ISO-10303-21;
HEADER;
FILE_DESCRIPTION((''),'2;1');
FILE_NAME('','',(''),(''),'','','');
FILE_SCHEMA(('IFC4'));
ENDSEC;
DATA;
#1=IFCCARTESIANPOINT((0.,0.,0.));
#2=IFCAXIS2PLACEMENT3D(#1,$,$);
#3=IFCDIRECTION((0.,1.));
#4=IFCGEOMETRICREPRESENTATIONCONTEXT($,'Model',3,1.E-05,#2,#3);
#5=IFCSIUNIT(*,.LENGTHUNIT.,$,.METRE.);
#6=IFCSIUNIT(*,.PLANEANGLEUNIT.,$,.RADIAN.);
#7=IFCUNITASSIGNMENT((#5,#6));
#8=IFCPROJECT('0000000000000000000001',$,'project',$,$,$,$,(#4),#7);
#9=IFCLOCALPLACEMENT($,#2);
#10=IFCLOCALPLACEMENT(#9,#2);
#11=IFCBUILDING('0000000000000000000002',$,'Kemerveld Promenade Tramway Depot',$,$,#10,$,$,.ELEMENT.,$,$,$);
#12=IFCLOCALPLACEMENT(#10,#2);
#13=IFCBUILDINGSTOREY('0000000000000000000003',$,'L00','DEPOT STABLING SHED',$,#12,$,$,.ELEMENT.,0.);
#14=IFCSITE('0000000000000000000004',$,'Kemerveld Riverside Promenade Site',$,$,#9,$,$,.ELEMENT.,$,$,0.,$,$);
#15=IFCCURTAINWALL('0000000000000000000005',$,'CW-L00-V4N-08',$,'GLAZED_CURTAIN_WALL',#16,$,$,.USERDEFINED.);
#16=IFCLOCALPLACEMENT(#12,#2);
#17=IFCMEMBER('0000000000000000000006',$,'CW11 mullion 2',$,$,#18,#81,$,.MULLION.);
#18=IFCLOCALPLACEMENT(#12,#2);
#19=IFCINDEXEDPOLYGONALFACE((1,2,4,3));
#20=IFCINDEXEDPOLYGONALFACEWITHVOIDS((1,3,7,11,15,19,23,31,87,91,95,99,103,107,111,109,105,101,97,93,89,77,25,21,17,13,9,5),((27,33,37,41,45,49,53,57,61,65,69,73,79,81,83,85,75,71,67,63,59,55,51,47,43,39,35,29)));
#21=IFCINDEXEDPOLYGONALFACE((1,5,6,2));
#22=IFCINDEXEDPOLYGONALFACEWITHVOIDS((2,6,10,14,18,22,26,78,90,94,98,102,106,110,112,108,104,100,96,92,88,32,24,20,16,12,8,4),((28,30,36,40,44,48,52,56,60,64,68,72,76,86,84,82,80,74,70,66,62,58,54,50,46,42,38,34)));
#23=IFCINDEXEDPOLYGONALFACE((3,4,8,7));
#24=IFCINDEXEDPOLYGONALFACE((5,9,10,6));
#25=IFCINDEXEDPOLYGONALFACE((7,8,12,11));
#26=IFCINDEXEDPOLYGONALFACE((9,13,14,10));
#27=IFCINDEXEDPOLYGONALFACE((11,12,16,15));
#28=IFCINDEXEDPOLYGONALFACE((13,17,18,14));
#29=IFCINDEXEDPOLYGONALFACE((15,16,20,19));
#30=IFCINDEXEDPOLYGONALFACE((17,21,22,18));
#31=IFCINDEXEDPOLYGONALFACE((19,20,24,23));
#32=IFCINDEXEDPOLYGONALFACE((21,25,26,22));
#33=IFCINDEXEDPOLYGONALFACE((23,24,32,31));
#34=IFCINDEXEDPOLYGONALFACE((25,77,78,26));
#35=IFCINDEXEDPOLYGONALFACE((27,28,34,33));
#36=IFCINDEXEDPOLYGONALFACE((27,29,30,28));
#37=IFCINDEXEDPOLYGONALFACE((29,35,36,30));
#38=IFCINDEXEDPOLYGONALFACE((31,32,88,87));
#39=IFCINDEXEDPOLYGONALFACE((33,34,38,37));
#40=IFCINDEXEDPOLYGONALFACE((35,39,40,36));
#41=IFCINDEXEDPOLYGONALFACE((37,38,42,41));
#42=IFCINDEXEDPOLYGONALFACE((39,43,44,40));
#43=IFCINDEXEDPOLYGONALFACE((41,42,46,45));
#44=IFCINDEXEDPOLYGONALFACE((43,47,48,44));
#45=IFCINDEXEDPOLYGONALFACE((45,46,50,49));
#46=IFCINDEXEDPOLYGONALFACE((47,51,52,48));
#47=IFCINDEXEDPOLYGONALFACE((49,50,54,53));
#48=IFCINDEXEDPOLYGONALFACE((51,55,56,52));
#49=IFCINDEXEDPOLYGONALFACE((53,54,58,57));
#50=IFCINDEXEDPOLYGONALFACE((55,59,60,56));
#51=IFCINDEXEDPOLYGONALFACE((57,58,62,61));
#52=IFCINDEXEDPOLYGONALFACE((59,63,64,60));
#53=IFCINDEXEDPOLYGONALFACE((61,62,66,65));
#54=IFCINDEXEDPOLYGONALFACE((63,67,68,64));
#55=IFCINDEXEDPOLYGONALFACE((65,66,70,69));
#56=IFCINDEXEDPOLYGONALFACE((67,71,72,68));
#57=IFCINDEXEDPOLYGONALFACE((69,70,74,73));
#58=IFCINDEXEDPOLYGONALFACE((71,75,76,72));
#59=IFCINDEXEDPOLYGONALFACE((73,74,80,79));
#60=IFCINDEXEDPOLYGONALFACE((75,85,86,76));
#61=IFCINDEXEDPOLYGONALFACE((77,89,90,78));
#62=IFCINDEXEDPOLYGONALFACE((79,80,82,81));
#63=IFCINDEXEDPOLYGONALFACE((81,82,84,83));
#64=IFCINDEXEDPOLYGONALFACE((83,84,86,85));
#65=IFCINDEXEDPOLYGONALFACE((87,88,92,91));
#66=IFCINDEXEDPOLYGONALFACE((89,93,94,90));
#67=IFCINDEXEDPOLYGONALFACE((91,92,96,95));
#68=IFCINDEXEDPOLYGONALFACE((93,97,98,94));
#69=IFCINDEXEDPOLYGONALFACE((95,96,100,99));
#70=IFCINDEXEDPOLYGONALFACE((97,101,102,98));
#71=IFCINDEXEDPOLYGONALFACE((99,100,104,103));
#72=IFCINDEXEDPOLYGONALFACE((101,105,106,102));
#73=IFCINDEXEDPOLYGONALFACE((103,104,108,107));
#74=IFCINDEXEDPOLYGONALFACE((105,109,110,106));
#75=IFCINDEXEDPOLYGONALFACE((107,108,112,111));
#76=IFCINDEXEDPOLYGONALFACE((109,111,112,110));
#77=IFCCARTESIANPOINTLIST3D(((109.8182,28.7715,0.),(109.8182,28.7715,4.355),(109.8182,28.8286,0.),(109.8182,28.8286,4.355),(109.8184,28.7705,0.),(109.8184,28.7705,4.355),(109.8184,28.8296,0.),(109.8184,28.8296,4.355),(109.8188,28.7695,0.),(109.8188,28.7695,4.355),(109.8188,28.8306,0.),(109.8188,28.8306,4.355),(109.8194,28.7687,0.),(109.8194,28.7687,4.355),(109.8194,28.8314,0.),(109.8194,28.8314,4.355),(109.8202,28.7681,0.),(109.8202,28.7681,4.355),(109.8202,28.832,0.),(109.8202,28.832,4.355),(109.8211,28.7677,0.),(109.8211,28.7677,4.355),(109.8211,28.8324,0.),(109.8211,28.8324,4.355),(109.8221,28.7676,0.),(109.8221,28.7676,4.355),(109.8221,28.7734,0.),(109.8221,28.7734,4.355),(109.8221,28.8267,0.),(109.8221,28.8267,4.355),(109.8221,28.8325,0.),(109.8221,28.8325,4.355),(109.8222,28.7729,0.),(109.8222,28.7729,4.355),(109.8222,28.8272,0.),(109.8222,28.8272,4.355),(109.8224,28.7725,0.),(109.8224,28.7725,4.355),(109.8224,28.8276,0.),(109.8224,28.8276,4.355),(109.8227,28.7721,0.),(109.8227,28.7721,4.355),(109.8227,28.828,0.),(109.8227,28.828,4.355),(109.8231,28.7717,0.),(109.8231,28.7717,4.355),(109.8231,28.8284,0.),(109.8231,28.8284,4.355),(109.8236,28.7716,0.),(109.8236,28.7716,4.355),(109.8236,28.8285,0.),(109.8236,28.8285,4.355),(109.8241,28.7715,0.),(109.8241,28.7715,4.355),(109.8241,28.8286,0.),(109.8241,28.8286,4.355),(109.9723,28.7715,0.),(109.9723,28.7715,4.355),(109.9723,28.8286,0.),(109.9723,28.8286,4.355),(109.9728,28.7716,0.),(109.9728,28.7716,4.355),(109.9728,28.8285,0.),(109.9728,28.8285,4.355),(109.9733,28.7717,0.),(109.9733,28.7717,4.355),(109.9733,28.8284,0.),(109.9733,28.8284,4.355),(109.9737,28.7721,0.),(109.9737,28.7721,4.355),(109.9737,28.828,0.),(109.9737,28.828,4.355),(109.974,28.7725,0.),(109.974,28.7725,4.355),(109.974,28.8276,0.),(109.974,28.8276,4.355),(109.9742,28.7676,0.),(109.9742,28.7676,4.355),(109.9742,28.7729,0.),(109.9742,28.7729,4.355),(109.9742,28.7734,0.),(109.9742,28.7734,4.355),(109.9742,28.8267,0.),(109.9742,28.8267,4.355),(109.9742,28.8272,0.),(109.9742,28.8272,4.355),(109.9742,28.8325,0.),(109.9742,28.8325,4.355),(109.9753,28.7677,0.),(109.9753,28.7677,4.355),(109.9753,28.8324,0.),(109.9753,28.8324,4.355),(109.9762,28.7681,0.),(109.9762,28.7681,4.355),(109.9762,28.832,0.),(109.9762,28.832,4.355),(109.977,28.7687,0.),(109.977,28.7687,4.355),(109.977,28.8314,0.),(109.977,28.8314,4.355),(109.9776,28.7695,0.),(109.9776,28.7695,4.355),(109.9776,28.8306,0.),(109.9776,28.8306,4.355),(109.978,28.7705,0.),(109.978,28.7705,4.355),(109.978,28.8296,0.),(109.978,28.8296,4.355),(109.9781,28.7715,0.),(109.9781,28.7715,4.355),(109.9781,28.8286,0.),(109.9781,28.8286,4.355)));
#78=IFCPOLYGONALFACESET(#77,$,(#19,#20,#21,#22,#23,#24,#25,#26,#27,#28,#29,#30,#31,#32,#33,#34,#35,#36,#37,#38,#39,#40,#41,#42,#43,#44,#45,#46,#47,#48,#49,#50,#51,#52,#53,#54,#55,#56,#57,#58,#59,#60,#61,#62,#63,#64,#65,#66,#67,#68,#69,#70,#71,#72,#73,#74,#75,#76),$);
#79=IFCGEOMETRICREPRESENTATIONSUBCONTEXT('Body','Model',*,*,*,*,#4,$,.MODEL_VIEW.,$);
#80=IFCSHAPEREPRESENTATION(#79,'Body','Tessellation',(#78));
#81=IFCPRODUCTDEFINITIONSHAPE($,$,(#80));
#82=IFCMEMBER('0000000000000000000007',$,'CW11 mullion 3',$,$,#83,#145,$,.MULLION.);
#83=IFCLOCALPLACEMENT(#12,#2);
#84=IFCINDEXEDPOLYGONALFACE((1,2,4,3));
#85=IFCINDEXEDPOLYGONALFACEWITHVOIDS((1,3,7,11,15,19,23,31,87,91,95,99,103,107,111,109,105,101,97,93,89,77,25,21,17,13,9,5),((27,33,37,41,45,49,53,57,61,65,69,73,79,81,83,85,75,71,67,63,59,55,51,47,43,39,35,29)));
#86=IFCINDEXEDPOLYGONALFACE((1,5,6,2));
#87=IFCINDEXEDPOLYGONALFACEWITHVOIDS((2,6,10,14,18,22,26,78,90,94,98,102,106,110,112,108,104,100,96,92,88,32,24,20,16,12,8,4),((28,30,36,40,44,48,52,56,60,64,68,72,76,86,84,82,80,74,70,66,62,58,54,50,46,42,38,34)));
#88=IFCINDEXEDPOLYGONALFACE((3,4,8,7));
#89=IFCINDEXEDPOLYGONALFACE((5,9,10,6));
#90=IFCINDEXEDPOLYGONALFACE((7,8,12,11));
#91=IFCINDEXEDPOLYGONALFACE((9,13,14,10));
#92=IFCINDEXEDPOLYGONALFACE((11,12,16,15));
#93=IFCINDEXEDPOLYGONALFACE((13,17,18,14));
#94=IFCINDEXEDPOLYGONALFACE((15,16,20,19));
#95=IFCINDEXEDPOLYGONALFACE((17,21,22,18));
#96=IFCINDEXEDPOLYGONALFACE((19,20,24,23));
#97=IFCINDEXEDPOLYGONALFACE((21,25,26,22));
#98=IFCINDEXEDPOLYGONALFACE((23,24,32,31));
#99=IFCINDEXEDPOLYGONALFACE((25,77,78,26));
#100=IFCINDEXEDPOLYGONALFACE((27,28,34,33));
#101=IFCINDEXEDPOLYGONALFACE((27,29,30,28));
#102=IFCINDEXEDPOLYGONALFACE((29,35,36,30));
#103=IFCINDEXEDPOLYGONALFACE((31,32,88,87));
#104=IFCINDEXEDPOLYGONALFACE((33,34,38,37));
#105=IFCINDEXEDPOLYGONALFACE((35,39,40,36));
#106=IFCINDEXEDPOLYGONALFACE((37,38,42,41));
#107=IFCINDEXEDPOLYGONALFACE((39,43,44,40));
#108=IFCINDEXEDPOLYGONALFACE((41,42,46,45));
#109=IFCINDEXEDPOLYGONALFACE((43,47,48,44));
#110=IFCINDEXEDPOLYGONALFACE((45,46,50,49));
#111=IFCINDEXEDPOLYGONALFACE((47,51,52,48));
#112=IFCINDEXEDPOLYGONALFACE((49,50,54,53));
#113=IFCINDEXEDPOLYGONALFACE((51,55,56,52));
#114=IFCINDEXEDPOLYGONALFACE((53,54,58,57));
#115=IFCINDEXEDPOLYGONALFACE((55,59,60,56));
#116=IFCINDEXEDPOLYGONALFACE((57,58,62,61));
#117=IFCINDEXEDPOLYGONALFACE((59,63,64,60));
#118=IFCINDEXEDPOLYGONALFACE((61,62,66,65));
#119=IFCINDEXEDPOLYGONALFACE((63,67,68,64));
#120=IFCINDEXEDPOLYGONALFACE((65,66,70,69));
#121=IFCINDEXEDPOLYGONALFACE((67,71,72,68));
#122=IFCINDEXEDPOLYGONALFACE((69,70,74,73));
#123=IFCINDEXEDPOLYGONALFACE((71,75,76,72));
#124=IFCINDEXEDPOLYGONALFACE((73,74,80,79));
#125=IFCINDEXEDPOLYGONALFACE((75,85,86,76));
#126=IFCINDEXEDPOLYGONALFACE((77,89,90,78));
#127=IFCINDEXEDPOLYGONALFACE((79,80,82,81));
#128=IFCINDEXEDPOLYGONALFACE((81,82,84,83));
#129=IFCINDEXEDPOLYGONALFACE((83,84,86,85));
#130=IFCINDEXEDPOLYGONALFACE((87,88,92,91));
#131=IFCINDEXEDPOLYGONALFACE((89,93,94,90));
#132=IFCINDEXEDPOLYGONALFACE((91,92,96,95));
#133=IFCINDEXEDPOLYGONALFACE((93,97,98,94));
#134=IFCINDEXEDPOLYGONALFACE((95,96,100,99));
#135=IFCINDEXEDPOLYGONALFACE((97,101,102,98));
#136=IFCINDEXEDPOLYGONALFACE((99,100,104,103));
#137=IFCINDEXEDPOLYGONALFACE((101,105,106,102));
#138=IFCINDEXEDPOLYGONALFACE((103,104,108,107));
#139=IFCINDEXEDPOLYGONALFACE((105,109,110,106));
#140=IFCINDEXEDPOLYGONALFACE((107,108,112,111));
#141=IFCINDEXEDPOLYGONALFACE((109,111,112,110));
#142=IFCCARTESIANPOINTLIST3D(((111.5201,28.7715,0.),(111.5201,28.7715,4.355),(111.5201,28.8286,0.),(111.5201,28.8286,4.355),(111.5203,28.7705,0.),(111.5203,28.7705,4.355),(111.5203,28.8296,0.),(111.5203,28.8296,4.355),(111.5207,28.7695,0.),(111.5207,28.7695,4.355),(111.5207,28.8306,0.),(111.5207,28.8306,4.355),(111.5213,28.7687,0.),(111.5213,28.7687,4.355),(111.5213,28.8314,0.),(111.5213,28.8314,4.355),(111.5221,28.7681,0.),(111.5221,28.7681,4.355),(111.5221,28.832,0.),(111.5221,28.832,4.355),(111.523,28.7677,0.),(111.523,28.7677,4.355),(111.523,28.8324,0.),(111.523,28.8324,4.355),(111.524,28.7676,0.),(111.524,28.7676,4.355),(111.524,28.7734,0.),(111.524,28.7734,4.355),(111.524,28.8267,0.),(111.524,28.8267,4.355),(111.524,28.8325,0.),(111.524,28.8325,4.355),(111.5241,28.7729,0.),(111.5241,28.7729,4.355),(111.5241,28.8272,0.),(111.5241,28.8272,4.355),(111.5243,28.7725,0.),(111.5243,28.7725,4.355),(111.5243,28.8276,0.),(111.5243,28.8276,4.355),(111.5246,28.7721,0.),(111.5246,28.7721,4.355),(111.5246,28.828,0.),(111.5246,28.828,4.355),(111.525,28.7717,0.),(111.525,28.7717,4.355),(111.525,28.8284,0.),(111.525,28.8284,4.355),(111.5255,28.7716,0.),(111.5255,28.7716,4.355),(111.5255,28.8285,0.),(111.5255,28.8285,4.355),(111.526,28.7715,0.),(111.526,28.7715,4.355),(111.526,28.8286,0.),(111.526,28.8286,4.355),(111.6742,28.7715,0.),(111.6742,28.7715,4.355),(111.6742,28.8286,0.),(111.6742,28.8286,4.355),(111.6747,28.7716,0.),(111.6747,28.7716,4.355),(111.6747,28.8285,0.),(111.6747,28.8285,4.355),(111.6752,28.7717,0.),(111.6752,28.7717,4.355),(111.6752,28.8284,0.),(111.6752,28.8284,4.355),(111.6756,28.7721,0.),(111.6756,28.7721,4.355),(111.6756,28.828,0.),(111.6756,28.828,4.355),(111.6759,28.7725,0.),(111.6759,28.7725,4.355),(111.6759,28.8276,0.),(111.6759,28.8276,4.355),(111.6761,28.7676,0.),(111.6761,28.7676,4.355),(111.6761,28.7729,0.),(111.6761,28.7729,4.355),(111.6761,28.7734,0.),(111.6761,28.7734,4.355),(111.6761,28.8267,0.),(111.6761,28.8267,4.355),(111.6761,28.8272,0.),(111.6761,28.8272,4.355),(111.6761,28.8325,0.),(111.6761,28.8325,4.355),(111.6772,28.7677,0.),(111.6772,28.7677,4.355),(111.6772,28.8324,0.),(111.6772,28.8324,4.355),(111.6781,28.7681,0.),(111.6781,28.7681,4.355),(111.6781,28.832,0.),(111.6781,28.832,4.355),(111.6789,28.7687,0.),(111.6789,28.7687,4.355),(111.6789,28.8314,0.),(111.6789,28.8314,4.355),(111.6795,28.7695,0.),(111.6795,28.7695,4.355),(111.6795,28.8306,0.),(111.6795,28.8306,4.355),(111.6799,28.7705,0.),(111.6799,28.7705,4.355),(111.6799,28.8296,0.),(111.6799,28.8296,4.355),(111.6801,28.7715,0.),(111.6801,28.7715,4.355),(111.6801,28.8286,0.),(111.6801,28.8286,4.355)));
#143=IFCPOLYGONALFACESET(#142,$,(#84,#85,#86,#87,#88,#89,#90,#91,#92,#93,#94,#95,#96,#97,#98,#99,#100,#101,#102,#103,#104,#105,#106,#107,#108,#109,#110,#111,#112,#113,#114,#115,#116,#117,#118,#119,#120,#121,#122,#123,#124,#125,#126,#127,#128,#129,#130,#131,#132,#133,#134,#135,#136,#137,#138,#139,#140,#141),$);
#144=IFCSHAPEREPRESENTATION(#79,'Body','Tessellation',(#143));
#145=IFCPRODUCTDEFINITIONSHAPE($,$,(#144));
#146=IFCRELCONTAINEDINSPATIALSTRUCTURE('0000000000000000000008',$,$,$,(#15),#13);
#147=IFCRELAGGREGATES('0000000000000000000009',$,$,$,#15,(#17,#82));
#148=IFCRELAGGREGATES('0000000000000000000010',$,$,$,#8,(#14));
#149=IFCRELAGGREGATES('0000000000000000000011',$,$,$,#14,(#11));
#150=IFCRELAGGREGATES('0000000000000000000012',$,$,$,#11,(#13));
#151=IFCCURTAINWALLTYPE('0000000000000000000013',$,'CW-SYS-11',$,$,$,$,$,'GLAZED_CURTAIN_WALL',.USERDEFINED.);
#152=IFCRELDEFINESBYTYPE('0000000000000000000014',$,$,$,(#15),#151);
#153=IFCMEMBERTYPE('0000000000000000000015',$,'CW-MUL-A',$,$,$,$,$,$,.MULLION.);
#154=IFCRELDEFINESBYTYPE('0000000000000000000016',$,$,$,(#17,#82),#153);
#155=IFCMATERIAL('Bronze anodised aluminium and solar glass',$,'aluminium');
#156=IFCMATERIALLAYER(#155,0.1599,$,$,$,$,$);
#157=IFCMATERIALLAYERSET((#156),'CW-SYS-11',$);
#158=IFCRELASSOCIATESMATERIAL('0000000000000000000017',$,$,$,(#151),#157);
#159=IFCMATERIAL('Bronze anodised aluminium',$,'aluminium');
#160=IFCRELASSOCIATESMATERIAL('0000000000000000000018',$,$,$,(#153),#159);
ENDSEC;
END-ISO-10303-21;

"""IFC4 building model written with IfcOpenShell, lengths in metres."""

from ifc_helpers import new_model, si_unit, direction, frame, origin, origin_2d, place, context, subcontext, project, spatial, hollow_rectangle, extrude, material, layer, layer_set, material_profile, profile_set, type_object, element, aggregate, save


model = new_model("IFC4")

# Units and contexts
model_context = context("Model", 3, precision=1e-05, world=origin(), true_north=direction((0.0, 1.0)))
body_context = subcontext(model_context, "Body", "Model", "MODEL_VIEW")
ifc_project = project(units=[si_unit("LENGTHUNIT", "METRE"), si_unit("PLANEANGLEUNIT", "RADIAN")], contexts=[model_context])

# Site, building, storey
site_placement = place(None, origin())
site = spatial("IfcSite", under=ifc_project, at=site_placement, Name="Kemerveld Riverside Promenade Site", CompositionType="ELEMENT", RefElevation=0.0)
building_placement = place(site_placement, origin())
building = spatial("IfcBuilding", under=site, at=building_placement, Name="Kemerveld Promenade Tramway Depot", CompositionType="ELEMENT")
storey_placement = place(building_placement, origin())
storey = spatial("IfcBuildingStorey", under=building, at=storey_placement, Name="L00", Description="DEPOT STABLING SHED", CompositionType="ELEMENT", Elevation=0.0)

# Curtain wall, members
ifc_material_1 = material(Name="Bronze anodised aluminium and solar glass", Category="aluminium")
ifc_layer_1 = layer(ifc_material_1, 0.1599)
ifc_layer_set_1 = layer_set([ifc_layer_1], Name="CW-SYS-11")
curtain_wall_type = type_object("IfcCurtainWallType", Name="CW-SYS-11", ElementType="GLAZED_CURTAIN_WALL", PredefinedType="USERDEFINED", material=ifc_layer_set_1)
curtain_wall_placement = place(storey_placement, origin())
curtain_wall = element("IfcCurtainWall", 1, at=curtain_wall_placement, inside=storey, type_object=curtain_wall_type, Name="CW-L00-V4N-08", ObjectType="GLAZED_CURTAIN_WALL", PredefinedType="USERDEFINED")
ifc_material_2 = material(Name="Bronze anodised aluminium", Category="aluminium")
ifc_material_profile_1 = material_profile(ifc_material_2, hollow_rectangle(XDim=0.0649, YDim=0.1599, WallThickness=0.0039, InnerFilletRadius=0.002, OuterFilletRadius=0.0039, at=origin_2d()), Name="CW-MUL-160x65")
ifc_profile_set_1 = profile_set([ifc_material_profile_1], Name="Bronze anodised aluminium")
member_type_1 = type_object("IfcMemberType", Name="CW-MUL-A", PredefinedType="MULLION", material=ifc_profile_set_1)
member_1_placement = place(storey_placement, frame((109.8982, 28.8, 0.0), z_axis=(0.0, 0.0, 1.0), x_axis=(0.0, 1.0, 0.0)))
member_1 = element("IfcMember", 2, at=member_1_placement, type_object=member_type_1, Name="CW11 mullion 2", PredefinedType="MULLION", context=body_context, shape_type="SweptSolid", body=[
    extrude(hollow_rectangle(XDim=0.0649, YDim=0.1599, WallThickness=0.0039, InnerFilletRadius=0.002, OuterFilletRadius=0.0039, at=origin_2d()), origin(), (0.0, 0.0, 1.0), 4.355),
])
member_2_placement = place(storey_placement, frame((111.6001, 28.8, 0.0), z_axis=(0.0, 0.0, 1.0), x_axis=(0.0, 1.0, 0.0)))
member_2 = element("IfcMember", 3, at=member_2_placement, type_object=member_type_1, Name="CW11 mullion 3", PredefinedType="MULLION", context=body_context, shape_type="SweptSolid", body=[
    extrude(hollow_rectangle(XDim=0.0649, YDim=0.1599, WallThickness=0.0039, InnerFilletRadius=0.002, OuterFilletRadius=0.0039, at=origin_2d()), origin(), (0.0, 0.0, 1.0), 4.355),
])
aggregate(curtain_wall, [member_1, member_2])

save(model, "model.ifc")
